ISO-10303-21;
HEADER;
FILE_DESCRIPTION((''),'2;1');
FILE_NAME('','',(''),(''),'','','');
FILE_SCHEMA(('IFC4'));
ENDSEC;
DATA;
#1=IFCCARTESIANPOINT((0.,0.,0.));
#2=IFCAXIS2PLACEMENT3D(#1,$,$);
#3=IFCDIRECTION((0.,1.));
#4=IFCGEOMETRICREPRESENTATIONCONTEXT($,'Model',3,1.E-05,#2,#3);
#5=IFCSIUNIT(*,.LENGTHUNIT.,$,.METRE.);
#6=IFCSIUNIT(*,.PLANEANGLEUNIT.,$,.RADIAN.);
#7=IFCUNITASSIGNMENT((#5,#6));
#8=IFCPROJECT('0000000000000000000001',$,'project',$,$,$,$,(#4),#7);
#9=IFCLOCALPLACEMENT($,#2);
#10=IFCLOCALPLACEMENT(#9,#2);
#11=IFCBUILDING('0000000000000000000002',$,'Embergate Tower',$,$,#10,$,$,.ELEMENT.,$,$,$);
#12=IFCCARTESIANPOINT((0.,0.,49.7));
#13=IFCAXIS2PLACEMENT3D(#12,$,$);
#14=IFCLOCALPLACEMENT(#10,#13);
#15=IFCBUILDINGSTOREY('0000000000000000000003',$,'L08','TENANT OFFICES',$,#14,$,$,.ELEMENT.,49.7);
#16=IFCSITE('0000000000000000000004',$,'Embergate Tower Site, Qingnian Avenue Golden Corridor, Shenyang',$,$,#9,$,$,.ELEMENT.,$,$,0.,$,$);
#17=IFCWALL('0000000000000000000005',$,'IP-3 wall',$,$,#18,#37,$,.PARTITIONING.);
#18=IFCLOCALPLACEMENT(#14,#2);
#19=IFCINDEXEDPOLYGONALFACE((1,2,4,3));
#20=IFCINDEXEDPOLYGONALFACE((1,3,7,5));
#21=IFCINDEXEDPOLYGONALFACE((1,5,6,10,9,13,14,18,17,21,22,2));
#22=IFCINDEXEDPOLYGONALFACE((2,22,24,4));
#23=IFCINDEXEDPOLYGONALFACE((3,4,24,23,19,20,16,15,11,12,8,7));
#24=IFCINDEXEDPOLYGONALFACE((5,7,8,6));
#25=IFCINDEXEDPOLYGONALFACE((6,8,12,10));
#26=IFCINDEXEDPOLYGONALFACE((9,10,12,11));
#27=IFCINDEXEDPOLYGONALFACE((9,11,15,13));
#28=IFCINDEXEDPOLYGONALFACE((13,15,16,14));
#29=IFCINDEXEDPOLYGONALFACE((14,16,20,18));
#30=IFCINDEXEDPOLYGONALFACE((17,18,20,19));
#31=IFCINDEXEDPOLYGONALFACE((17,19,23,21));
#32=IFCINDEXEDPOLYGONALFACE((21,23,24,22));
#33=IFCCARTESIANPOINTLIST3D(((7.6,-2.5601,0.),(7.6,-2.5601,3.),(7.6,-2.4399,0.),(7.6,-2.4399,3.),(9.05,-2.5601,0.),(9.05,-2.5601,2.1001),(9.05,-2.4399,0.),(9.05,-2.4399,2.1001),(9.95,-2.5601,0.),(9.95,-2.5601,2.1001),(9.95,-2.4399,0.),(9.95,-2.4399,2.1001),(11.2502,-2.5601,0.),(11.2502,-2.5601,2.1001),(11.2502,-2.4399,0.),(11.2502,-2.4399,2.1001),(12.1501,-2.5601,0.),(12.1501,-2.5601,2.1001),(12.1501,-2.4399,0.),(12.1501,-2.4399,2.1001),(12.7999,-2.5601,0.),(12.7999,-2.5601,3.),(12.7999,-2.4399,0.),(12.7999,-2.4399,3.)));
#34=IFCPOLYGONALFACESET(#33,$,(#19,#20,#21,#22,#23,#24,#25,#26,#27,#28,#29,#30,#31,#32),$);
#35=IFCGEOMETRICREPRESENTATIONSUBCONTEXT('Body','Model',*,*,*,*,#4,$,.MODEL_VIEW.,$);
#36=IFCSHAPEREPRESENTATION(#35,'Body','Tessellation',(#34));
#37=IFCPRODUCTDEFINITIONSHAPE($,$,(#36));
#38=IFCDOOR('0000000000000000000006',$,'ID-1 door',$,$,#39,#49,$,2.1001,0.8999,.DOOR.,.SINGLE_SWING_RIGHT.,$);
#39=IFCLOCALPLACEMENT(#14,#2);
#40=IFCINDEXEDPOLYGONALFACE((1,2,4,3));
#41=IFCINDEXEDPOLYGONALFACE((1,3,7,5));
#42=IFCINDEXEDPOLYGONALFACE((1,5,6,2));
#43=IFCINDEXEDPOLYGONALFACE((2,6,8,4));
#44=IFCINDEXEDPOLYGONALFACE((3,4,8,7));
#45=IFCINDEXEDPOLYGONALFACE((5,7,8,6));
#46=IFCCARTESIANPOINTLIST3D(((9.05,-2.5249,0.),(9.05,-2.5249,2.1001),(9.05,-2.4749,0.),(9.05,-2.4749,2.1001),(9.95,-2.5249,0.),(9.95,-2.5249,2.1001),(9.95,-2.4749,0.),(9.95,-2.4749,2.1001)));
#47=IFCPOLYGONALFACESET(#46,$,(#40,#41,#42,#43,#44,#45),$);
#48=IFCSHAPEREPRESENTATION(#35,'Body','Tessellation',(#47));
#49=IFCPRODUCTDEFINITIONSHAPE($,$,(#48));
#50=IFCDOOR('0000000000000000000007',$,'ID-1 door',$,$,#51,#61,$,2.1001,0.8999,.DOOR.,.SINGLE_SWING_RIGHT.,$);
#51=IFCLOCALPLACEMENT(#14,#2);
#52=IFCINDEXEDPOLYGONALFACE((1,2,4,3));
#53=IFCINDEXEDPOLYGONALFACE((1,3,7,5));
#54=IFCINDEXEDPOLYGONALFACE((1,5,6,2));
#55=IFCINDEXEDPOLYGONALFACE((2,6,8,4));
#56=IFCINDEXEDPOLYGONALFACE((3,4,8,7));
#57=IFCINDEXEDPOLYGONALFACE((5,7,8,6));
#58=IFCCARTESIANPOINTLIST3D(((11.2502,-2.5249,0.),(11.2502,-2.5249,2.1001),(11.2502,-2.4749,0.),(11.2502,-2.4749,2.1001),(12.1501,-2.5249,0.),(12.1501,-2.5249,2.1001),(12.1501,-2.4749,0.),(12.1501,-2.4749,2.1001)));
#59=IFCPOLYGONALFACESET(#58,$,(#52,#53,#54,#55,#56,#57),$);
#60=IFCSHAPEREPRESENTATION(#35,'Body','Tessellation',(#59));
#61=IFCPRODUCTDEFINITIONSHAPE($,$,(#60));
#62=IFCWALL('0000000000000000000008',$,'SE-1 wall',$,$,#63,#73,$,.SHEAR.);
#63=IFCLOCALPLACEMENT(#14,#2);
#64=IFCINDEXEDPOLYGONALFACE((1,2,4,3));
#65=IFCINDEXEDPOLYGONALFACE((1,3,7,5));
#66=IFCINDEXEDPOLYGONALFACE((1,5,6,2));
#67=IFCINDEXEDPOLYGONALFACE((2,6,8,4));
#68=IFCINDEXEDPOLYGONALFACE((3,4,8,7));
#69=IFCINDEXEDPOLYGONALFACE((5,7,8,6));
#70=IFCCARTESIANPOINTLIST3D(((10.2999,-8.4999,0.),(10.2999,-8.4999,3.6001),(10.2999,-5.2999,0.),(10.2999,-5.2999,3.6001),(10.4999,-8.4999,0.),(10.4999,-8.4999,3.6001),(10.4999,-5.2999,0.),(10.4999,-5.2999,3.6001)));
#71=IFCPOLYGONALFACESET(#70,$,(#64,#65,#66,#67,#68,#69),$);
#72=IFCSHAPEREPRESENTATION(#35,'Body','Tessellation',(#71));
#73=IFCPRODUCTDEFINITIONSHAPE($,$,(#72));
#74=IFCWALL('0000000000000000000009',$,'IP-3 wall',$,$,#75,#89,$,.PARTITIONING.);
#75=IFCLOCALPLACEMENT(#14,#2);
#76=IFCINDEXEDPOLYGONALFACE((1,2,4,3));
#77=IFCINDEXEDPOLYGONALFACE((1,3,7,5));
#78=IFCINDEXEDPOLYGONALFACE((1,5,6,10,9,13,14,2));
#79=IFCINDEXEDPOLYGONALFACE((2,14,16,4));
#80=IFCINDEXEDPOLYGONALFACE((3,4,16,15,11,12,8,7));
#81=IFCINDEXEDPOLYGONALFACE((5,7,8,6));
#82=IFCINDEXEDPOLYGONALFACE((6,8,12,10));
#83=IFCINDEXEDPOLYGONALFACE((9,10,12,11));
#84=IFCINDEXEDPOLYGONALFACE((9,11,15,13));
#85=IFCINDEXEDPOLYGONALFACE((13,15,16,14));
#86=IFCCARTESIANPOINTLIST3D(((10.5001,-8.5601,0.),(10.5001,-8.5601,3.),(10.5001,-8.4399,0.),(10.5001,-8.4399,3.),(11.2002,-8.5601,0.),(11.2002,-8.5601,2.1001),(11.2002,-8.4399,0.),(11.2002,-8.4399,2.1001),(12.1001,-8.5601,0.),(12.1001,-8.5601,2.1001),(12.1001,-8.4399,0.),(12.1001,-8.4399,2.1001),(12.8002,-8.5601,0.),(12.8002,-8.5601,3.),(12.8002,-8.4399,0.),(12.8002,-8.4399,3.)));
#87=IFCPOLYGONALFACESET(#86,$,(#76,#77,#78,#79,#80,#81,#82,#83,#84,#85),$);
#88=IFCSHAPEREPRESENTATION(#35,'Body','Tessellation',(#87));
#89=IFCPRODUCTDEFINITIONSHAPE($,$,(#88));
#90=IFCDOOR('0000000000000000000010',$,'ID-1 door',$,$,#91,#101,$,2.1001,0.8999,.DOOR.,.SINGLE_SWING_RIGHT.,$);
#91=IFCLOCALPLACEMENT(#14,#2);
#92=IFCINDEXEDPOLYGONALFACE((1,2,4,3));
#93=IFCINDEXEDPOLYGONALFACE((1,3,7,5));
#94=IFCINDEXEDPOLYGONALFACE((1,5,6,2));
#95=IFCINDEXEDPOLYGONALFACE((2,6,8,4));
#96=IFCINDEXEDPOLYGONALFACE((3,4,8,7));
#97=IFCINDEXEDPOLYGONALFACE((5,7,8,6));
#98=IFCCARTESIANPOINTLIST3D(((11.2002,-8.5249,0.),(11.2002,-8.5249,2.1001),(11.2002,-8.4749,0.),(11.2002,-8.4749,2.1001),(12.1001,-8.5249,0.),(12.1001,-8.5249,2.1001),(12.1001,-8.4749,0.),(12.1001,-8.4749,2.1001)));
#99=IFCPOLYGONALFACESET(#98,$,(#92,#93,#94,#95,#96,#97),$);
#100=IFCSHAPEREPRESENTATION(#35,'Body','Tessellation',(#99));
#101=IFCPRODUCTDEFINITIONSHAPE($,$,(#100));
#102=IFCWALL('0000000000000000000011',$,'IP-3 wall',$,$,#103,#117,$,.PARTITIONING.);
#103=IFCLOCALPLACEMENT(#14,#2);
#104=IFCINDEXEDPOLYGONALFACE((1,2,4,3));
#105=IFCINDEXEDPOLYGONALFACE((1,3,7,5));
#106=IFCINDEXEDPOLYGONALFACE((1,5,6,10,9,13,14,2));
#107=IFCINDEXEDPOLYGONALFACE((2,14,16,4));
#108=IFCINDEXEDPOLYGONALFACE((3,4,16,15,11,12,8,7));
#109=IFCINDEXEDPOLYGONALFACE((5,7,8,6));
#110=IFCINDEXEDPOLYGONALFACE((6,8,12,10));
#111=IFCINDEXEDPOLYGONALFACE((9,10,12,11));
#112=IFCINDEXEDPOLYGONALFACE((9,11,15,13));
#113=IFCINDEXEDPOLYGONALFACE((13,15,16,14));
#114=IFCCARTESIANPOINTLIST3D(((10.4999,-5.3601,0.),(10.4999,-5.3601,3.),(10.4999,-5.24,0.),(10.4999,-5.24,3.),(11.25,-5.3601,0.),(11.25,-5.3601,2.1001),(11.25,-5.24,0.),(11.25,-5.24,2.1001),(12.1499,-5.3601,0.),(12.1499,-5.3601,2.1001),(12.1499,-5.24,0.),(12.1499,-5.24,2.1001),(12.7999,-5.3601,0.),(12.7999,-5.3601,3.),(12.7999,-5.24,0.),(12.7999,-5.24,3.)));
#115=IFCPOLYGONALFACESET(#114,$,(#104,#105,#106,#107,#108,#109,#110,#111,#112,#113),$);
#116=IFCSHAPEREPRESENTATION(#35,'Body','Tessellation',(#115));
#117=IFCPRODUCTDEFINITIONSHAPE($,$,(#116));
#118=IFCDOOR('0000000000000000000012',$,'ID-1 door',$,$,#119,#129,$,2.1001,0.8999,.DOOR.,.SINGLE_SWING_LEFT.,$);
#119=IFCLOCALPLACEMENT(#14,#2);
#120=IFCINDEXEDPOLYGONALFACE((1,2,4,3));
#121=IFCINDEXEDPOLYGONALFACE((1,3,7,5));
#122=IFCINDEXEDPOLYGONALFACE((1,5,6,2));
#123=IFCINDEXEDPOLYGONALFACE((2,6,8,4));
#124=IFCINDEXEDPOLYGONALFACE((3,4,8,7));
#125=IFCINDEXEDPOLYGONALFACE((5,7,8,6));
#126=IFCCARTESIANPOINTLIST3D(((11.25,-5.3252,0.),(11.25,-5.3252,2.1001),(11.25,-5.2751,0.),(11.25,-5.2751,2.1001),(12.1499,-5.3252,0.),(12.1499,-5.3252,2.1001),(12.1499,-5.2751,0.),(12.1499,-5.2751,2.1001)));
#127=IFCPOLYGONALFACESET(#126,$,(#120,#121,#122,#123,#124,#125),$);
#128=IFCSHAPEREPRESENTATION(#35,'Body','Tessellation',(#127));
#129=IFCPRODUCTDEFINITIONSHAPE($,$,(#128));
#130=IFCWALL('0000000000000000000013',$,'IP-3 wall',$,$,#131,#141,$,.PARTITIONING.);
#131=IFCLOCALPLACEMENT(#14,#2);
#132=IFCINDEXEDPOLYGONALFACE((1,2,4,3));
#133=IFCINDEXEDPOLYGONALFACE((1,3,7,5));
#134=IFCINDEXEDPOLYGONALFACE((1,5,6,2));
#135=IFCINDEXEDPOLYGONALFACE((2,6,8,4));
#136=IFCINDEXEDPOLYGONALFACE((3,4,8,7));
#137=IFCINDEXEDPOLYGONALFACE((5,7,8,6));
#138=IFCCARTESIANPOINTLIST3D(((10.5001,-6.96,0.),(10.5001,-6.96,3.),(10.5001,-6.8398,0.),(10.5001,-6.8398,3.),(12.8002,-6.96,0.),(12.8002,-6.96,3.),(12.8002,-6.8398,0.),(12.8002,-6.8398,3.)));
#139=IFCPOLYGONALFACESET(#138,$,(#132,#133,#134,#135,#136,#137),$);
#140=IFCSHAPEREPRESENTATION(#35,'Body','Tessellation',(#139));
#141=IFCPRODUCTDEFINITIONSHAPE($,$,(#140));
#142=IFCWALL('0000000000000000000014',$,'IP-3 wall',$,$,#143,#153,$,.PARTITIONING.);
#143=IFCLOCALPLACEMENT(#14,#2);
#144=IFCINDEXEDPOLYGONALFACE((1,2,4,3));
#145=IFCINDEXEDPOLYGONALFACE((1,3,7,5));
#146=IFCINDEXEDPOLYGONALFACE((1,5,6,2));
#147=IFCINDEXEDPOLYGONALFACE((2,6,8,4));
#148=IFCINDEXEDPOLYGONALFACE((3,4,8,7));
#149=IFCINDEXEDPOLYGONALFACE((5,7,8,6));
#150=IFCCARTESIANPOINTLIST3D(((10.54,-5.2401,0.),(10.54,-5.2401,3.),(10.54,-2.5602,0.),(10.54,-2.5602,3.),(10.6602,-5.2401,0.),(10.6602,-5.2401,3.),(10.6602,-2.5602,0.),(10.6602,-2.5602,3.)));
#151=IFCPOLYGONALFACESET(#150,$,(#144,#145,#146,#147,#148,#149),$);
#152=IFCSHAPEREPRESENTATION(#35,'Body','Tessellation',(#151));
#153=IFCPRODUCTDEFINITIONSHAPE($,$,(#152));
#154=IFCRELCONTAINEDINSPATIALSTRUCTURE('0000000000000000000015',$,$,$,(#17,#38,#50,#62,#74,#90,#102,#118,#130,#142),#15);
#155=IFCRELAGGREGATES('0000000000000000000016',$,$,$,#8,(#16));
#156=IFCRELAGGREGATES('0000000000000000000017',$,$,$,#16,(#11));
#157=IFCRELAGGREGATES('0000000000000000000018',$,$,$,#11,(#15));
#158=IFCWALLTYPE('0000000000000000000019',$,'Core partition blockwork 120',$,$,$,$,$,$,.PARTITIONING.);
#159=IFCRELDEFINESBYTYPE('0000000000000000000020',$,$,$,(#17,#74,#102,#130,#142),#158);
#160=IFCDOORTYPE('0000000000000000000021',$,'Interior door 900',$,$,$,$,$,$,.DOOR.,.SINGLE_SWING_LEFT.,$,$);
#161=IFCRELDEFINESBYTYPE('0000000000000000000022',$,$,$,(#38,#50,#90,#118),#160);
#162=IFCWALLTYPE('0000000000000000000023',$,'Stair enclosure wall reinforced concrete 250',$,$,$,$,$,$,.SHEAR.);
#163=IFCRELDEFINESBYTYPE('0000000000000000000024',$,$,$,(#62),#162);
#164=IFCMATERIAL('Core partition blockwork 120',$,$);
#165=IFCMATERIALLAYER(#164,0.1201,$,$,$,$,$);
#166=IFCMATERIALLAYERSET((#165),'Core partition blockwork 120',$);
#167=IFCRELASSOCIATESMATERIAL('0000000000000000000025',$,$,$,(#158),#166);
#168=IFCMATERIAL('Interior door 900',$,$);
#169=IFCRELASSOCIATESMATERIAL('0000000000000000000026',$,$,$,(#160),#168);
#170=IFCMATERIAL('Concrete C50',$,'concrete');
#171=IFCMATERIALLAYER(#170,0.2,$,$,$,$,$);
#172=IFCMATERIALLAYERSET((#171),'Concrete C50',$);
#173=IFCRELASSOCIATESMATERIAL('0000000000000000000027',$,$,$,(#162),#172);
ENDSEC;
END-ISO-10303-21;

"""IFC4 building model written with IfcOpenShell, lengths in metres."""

from ifc_helpers import new_model, si_unit, direction, frame, frame_2d, origin, place, context, subcontext, project, spatial, rectangle, extrude, source, transform, mapped, material, layer, layer_set, type_object, element, fill, save


model = new_model("IFC4")

# Units and contexts
model_context = context("Model", 3, precision=1e-05, world=origin(), true_north=direction((0.0, 1.0)))
body_context = subcontext(model_context, "Body", "Model", "MODEL_VIEW")
ifc_project = project(units=[si_unit("LENGTHUNIT", "METRE"), si_unit("PLANEANGLEUNIT", "RADIAN")], contexts=[model_context])

# Site, building, storey
site_placement = place(None, origin())
site = spatial("IfcSite", under=ifc_project, at=site_placement, Name="Embergate Tower Site, Qingnian Avenue Golden Corridor, Shenyang", CompositionType="ELEMENT", RefElevation=0.0)
building_placement = place(site_placement, origin())
building = spatial("IfcBuilding", under=site, at=building_placement, Name="Embergate Tower", CompositionType="ELEMENT")
storey_placement = place(building_placement, frame((0.0, 0.0, 49.7)))
storey = spatial("IfcBuildingStorey", under=building, at=storey_placement, Name="L08", Description="TENANT OFFICES", CompositionType="ELEMENT", Elevation=49.7)

# Shared definitions
ifc_material_1 = material(Name="Concrete C50", Category="concrete")

# Shared definitions
ifc_material_2 = material(Name="Core partition blockwork 120")
ifc_layer_1 = layer(ifc_material_2, 0.1201)
ifc_layer_set_1 = layer_set([ifc_layer_1], Name="Core partition blockwork 120")
wall_type_1 = type_object("IfcWallType", Name="Core partition blockwork 120", PredefinedType="PARTITIONING", material=ifc_layer_set_1)
shared_shape_1 = source(origin(), body_context, "Body", "SweptSolid", [
    extrude(rectangle(XDim=0.8999, YDim=2.1001, at=frame_2d((0.45, 1.05))), frame((0.0, 0.0701, 0.0), z_axis=(0.0, -1.0, 0.0), x_axis=(1.0, 0.0, 0.0)), (0.0, 0.0, 1.0), 0.1401),
])
ifc_material_3 = material(Name="Interior door 900")
door_type_1 = type_object("IfcDoorType", Name="Interior door 900", OperationType="SINGLE_SWING_LEFT", PredefinedType="DOOR", material=ifc_material_3)
shared_shape_2 = source(origin(), body_context, "Body", "SweptSolid", [
    extrude(rectangle(XDim=0.8999, YDim=2.1001, at=frame_2d((0.45, 1.05))), frame((0.0, 0.0249, 0.0), z_axis=(0.0, -1.0, 0.0), x_axis=(1.0, 0.0, 0.0)), (0.0, 0.0, 1.0), 0.05),
])

# Wall, openings, doors
shared_shape_3 = source(origin(), body_context, "Body", "SweptSolid", [
    extrude(rectangle(XDim=5.2, YDim=0.1201, at=frame_2d((2.6001, 0.0))), origin(), (0.0, 0.0, 1.0), 3.0),
])
wall_1_placement = place(storey_placement, frame((12.8, -2.5, 0.0), z_axis=(0.0, 0.0, 1.0), x_axis=(-1.0, 0.0, 0.0)))
wall_1 = element("IfcWall", 1, at=wall_1_placement, inside=storey, type_object=wall_type_1, Name="IP-3 wall", PredefinedType="PARTITIONING", context=body_context, shape_type="MappedRepresentation", body=[
    mapped(shared_shape_3, transform((0.0, 0.0, 0.0))),
])
opening_1_placement = place(wall_1_placement, frame((2.8501, 0.0, 0.0)))
opening_1 = element("IfcOpeningElement", 2, at=opening_1_placement, cuts=wall_1, PredefinedType="OPENING", context=body_context, shape_type="MappedRepresentation", body=[
    mapped(shared_shape_1, transform((0.0, 0.0, 0.0))),
])
opening_2_placement = place(wall_1_placement, frame((0.6499, 0.0, 0.0)))
opening_2 = element("IfcOpeningElement", 3, at=opening_2_placement, cuts=wall_1, PredefinedType="OPENING", context=body_context, shape_type="MappedRepresentation", body=[
    mapped(shared_shape_1, transform((0.0, 0.0, 0.0))),
])
door_1_placement = place(opening_1_placement, origin())
door_1 = element("IfcDoor", 4, at=door_1_placement, inside=storey, type_object=door_type_1, Name="ID-1 door", OperationType="SINGLE_SWING_RIGHT", OverallHeight=2.1001, OverallWidth=0.8999, PredefinedType="DOOR", context=body_context, shape_type="MappedRepresentation", body=[
    mapped(shared_shape_2, transform((0.0, 0.0, 0.0))),
])
fill(opening_1, door_1)
door_2_placement = place(opening_2_placement, origin())
door_2 = element("IfcDoor", 5, at=door_2_placement, inside=storey, type_object=door_type_1, Name="ID-1 door", OperationType="SINGLE_SWING_RIGHT", OverallHeight=2.1001, OverallWidth=0.8999, PredefinedType="DOOR", context=body_context, shape_type="MappedRepresentation", body=[
    mapped(shared_shape_2, transform((0.0, 0.0, 0.0))),
])
fill(opening_2, door_2)

# Wall
ifc_layer_2 = layer(ifc_material_1, 0.2)
ifc_layer_set_2 = layer_set([ifc_layer_2], Name="Concrete C50")
wall_type_2 = type_object("IfcWallType", Name="Stair enclosure wall reinforced concrete 250", PredefinedType="SHEAR", material=ifc_layer_set_2)
shared_shape_4 = source(origin(), body_context, "Body", "SweptSolid", [
    extrude(rectangle(XDim=3.2, YDim=0.2, at=frame_2d((1.6001, 0.0))), origin(), (0.0, 0.0, 1.0), 3.6001),
])
wall_2_placement = place(storey_placement, frame((10.3999, -8.5, 0.0), z_axis=(0.0, 0.0, 1.0), x_axis=(0.0, 1.0, 0.0)))
element("IfcWall", 6, at=wall_2_placement, inside=storey, type_object=wall_type_2, Name="SE-1 wall", PredefinedType="SHEAR", context=body_context, shape_type="MappedRepresentation", body=[
    mapped(shared_shape_4, transform((0.0, 0.0, 0.0))),
])

# Walls, openings, doors
shared_shape_5 = source(origin(), body_context, "Body", "SweptSolid", [
    extrude(rectangle(XDim=2.3, YDim=0.1201, at=frame_2d((1.1499, 0.0))), origin(), (0.0, 0.0, 1.0), 3.0),
])
wall_3_placement = place(storey_placement, frame((12.8, -8.5, 0.0), z_axis=(0.0, 0.0, 1.0), x_axis=(-1.0, 0.0, 0.0)))
wall_3 = element("IfcWall", 7, at=wall_3_placement, inside=storey, type_object=wall_type_1, Name="IP-3 wall", PredefinedType="PARTITIONING", context=body_context, shape_type="MappedRepresentation", body=[
    mapped(shared_shape_5, transform((0.0, 0.0, 0.0))),
])
opening_3_placement = place(wall_3_placement, frame((0.7, 0.0, 0.0)))
opening_3 = element("IfcOpeningElement", 8, at=opening_3_placement, cuts=wall_3, PredefinedType="OPENING", context=body_context, shape_type="MappedRepresentation", body=[
    mapped(shared_shape_1, transform((0.0, 0.0, 0.0))),
])
door_3_placement = place(opening_3_placement, origin())
door_3 = element("IfcDoor", 9, at=door_3_placement, inside=storey, type_object=door_type_1, Name="ID-1 door", OperationType="SINGLE_SWING_RIGHT", OverallHeight=2.1001, OverallWidth=0.8999, PredefinedType="DOOR", context=body_context, shape_type="MappedRepresentation", body=[
    mapped(shared_shape_2, transform((0.0, 0.0, 0.0))),
])
fill(opening_3, door_3)
wall_4_placement = place(storey_placement, frame((10.5, -5.3, 0.0), z_axis=(0.0, 0.0, 1.0), x_axis=(1.0, 0.0, 0.0)))
wall_4 = element("IfcWall", 10, at=wall_4_placement, inside=storey, type_object=wall_type_1, Name="IP-3 wall", PredefinedType="PARTITIONING", context=body_context, shape_type="MappedRepresentation", body=[
    mapped(shared_shape_5, transform((0.0, 0.0, 0.0))),
])
opening_4_placement = place(wall_4_placement, frame((0.75, 0.0, 0.0)))
opening_4 = element("IfcOpeningElement", 11, at=opening_4_placement, cuts=wall_4, PredefinedType="OPENING", context=body_context, shape_type="MappedRepresentation", body=[
    mapped(shared_shape_1, transform((0.0, 0.0, 0.0))),
])
door_4_placement = place(opening_4_placement, origin())
door_4 = element("IfcDoor", 12, at=door_4_placement, inside=storey, type_object=door_type_1, Name="ID-1 door", OperationType="SINGLE_SWING_LEFT", OverallHeight=2.1001, OverallWidth=0.8999, PredefinedType="DOOR", context=body_context, shape_type="MappedRepresentation", body=[
    mapped(shared_shape_2, transform((0.0, 0.0, 0.0))),
])
fill(opening_4, door_4)

# Walls
wall_5_placement = place(storey_placement, frame((12.8, -6.8999, 0.0), z_axis=(0.0, 0.0, 1.0), x_axis=(-1.0, 0.0, 0.0)))
element("IfcWall", 13, at=wall_5_placement, inside=storey, type_object=wall_type_1, Name="IP-3 wall", PredefinedType="PARTITIONING", context=body_context, shape_type="MappedRepresentation", body=[
    mapped(shared_shape_5, transform((0.0, 0.0, 0.0))),
])
shared_shape_6 = source(origin(), body_context, "Body", "SweptSolid", [
    extrude(rectangle(XDim=2.6799, YDim=0.1201, at=frame_2d((1.3398, 0.0))), origin(), (0.0, 0.0, 1.0), 3.0),
])
wall_6_placement = place(storey_placement, frame((10.6001, -5.24, 0.0), z_axis=(0.0, 0.0, 1.0), x_axis=(0.0, 1.0, 0.0)))
element("IfcWall", 14, at=wall_6_placement, inside=storey, type_object=wall_type_1, Name="IP-3 wall", PredefinedType="PARTITIONING", context=body_context, shape_type="MappedRepresentation", body=[
    mapped(shared_shape_6, transform((0.0, 0.0, 0.0))),
])

save(model, "model.ifc")
